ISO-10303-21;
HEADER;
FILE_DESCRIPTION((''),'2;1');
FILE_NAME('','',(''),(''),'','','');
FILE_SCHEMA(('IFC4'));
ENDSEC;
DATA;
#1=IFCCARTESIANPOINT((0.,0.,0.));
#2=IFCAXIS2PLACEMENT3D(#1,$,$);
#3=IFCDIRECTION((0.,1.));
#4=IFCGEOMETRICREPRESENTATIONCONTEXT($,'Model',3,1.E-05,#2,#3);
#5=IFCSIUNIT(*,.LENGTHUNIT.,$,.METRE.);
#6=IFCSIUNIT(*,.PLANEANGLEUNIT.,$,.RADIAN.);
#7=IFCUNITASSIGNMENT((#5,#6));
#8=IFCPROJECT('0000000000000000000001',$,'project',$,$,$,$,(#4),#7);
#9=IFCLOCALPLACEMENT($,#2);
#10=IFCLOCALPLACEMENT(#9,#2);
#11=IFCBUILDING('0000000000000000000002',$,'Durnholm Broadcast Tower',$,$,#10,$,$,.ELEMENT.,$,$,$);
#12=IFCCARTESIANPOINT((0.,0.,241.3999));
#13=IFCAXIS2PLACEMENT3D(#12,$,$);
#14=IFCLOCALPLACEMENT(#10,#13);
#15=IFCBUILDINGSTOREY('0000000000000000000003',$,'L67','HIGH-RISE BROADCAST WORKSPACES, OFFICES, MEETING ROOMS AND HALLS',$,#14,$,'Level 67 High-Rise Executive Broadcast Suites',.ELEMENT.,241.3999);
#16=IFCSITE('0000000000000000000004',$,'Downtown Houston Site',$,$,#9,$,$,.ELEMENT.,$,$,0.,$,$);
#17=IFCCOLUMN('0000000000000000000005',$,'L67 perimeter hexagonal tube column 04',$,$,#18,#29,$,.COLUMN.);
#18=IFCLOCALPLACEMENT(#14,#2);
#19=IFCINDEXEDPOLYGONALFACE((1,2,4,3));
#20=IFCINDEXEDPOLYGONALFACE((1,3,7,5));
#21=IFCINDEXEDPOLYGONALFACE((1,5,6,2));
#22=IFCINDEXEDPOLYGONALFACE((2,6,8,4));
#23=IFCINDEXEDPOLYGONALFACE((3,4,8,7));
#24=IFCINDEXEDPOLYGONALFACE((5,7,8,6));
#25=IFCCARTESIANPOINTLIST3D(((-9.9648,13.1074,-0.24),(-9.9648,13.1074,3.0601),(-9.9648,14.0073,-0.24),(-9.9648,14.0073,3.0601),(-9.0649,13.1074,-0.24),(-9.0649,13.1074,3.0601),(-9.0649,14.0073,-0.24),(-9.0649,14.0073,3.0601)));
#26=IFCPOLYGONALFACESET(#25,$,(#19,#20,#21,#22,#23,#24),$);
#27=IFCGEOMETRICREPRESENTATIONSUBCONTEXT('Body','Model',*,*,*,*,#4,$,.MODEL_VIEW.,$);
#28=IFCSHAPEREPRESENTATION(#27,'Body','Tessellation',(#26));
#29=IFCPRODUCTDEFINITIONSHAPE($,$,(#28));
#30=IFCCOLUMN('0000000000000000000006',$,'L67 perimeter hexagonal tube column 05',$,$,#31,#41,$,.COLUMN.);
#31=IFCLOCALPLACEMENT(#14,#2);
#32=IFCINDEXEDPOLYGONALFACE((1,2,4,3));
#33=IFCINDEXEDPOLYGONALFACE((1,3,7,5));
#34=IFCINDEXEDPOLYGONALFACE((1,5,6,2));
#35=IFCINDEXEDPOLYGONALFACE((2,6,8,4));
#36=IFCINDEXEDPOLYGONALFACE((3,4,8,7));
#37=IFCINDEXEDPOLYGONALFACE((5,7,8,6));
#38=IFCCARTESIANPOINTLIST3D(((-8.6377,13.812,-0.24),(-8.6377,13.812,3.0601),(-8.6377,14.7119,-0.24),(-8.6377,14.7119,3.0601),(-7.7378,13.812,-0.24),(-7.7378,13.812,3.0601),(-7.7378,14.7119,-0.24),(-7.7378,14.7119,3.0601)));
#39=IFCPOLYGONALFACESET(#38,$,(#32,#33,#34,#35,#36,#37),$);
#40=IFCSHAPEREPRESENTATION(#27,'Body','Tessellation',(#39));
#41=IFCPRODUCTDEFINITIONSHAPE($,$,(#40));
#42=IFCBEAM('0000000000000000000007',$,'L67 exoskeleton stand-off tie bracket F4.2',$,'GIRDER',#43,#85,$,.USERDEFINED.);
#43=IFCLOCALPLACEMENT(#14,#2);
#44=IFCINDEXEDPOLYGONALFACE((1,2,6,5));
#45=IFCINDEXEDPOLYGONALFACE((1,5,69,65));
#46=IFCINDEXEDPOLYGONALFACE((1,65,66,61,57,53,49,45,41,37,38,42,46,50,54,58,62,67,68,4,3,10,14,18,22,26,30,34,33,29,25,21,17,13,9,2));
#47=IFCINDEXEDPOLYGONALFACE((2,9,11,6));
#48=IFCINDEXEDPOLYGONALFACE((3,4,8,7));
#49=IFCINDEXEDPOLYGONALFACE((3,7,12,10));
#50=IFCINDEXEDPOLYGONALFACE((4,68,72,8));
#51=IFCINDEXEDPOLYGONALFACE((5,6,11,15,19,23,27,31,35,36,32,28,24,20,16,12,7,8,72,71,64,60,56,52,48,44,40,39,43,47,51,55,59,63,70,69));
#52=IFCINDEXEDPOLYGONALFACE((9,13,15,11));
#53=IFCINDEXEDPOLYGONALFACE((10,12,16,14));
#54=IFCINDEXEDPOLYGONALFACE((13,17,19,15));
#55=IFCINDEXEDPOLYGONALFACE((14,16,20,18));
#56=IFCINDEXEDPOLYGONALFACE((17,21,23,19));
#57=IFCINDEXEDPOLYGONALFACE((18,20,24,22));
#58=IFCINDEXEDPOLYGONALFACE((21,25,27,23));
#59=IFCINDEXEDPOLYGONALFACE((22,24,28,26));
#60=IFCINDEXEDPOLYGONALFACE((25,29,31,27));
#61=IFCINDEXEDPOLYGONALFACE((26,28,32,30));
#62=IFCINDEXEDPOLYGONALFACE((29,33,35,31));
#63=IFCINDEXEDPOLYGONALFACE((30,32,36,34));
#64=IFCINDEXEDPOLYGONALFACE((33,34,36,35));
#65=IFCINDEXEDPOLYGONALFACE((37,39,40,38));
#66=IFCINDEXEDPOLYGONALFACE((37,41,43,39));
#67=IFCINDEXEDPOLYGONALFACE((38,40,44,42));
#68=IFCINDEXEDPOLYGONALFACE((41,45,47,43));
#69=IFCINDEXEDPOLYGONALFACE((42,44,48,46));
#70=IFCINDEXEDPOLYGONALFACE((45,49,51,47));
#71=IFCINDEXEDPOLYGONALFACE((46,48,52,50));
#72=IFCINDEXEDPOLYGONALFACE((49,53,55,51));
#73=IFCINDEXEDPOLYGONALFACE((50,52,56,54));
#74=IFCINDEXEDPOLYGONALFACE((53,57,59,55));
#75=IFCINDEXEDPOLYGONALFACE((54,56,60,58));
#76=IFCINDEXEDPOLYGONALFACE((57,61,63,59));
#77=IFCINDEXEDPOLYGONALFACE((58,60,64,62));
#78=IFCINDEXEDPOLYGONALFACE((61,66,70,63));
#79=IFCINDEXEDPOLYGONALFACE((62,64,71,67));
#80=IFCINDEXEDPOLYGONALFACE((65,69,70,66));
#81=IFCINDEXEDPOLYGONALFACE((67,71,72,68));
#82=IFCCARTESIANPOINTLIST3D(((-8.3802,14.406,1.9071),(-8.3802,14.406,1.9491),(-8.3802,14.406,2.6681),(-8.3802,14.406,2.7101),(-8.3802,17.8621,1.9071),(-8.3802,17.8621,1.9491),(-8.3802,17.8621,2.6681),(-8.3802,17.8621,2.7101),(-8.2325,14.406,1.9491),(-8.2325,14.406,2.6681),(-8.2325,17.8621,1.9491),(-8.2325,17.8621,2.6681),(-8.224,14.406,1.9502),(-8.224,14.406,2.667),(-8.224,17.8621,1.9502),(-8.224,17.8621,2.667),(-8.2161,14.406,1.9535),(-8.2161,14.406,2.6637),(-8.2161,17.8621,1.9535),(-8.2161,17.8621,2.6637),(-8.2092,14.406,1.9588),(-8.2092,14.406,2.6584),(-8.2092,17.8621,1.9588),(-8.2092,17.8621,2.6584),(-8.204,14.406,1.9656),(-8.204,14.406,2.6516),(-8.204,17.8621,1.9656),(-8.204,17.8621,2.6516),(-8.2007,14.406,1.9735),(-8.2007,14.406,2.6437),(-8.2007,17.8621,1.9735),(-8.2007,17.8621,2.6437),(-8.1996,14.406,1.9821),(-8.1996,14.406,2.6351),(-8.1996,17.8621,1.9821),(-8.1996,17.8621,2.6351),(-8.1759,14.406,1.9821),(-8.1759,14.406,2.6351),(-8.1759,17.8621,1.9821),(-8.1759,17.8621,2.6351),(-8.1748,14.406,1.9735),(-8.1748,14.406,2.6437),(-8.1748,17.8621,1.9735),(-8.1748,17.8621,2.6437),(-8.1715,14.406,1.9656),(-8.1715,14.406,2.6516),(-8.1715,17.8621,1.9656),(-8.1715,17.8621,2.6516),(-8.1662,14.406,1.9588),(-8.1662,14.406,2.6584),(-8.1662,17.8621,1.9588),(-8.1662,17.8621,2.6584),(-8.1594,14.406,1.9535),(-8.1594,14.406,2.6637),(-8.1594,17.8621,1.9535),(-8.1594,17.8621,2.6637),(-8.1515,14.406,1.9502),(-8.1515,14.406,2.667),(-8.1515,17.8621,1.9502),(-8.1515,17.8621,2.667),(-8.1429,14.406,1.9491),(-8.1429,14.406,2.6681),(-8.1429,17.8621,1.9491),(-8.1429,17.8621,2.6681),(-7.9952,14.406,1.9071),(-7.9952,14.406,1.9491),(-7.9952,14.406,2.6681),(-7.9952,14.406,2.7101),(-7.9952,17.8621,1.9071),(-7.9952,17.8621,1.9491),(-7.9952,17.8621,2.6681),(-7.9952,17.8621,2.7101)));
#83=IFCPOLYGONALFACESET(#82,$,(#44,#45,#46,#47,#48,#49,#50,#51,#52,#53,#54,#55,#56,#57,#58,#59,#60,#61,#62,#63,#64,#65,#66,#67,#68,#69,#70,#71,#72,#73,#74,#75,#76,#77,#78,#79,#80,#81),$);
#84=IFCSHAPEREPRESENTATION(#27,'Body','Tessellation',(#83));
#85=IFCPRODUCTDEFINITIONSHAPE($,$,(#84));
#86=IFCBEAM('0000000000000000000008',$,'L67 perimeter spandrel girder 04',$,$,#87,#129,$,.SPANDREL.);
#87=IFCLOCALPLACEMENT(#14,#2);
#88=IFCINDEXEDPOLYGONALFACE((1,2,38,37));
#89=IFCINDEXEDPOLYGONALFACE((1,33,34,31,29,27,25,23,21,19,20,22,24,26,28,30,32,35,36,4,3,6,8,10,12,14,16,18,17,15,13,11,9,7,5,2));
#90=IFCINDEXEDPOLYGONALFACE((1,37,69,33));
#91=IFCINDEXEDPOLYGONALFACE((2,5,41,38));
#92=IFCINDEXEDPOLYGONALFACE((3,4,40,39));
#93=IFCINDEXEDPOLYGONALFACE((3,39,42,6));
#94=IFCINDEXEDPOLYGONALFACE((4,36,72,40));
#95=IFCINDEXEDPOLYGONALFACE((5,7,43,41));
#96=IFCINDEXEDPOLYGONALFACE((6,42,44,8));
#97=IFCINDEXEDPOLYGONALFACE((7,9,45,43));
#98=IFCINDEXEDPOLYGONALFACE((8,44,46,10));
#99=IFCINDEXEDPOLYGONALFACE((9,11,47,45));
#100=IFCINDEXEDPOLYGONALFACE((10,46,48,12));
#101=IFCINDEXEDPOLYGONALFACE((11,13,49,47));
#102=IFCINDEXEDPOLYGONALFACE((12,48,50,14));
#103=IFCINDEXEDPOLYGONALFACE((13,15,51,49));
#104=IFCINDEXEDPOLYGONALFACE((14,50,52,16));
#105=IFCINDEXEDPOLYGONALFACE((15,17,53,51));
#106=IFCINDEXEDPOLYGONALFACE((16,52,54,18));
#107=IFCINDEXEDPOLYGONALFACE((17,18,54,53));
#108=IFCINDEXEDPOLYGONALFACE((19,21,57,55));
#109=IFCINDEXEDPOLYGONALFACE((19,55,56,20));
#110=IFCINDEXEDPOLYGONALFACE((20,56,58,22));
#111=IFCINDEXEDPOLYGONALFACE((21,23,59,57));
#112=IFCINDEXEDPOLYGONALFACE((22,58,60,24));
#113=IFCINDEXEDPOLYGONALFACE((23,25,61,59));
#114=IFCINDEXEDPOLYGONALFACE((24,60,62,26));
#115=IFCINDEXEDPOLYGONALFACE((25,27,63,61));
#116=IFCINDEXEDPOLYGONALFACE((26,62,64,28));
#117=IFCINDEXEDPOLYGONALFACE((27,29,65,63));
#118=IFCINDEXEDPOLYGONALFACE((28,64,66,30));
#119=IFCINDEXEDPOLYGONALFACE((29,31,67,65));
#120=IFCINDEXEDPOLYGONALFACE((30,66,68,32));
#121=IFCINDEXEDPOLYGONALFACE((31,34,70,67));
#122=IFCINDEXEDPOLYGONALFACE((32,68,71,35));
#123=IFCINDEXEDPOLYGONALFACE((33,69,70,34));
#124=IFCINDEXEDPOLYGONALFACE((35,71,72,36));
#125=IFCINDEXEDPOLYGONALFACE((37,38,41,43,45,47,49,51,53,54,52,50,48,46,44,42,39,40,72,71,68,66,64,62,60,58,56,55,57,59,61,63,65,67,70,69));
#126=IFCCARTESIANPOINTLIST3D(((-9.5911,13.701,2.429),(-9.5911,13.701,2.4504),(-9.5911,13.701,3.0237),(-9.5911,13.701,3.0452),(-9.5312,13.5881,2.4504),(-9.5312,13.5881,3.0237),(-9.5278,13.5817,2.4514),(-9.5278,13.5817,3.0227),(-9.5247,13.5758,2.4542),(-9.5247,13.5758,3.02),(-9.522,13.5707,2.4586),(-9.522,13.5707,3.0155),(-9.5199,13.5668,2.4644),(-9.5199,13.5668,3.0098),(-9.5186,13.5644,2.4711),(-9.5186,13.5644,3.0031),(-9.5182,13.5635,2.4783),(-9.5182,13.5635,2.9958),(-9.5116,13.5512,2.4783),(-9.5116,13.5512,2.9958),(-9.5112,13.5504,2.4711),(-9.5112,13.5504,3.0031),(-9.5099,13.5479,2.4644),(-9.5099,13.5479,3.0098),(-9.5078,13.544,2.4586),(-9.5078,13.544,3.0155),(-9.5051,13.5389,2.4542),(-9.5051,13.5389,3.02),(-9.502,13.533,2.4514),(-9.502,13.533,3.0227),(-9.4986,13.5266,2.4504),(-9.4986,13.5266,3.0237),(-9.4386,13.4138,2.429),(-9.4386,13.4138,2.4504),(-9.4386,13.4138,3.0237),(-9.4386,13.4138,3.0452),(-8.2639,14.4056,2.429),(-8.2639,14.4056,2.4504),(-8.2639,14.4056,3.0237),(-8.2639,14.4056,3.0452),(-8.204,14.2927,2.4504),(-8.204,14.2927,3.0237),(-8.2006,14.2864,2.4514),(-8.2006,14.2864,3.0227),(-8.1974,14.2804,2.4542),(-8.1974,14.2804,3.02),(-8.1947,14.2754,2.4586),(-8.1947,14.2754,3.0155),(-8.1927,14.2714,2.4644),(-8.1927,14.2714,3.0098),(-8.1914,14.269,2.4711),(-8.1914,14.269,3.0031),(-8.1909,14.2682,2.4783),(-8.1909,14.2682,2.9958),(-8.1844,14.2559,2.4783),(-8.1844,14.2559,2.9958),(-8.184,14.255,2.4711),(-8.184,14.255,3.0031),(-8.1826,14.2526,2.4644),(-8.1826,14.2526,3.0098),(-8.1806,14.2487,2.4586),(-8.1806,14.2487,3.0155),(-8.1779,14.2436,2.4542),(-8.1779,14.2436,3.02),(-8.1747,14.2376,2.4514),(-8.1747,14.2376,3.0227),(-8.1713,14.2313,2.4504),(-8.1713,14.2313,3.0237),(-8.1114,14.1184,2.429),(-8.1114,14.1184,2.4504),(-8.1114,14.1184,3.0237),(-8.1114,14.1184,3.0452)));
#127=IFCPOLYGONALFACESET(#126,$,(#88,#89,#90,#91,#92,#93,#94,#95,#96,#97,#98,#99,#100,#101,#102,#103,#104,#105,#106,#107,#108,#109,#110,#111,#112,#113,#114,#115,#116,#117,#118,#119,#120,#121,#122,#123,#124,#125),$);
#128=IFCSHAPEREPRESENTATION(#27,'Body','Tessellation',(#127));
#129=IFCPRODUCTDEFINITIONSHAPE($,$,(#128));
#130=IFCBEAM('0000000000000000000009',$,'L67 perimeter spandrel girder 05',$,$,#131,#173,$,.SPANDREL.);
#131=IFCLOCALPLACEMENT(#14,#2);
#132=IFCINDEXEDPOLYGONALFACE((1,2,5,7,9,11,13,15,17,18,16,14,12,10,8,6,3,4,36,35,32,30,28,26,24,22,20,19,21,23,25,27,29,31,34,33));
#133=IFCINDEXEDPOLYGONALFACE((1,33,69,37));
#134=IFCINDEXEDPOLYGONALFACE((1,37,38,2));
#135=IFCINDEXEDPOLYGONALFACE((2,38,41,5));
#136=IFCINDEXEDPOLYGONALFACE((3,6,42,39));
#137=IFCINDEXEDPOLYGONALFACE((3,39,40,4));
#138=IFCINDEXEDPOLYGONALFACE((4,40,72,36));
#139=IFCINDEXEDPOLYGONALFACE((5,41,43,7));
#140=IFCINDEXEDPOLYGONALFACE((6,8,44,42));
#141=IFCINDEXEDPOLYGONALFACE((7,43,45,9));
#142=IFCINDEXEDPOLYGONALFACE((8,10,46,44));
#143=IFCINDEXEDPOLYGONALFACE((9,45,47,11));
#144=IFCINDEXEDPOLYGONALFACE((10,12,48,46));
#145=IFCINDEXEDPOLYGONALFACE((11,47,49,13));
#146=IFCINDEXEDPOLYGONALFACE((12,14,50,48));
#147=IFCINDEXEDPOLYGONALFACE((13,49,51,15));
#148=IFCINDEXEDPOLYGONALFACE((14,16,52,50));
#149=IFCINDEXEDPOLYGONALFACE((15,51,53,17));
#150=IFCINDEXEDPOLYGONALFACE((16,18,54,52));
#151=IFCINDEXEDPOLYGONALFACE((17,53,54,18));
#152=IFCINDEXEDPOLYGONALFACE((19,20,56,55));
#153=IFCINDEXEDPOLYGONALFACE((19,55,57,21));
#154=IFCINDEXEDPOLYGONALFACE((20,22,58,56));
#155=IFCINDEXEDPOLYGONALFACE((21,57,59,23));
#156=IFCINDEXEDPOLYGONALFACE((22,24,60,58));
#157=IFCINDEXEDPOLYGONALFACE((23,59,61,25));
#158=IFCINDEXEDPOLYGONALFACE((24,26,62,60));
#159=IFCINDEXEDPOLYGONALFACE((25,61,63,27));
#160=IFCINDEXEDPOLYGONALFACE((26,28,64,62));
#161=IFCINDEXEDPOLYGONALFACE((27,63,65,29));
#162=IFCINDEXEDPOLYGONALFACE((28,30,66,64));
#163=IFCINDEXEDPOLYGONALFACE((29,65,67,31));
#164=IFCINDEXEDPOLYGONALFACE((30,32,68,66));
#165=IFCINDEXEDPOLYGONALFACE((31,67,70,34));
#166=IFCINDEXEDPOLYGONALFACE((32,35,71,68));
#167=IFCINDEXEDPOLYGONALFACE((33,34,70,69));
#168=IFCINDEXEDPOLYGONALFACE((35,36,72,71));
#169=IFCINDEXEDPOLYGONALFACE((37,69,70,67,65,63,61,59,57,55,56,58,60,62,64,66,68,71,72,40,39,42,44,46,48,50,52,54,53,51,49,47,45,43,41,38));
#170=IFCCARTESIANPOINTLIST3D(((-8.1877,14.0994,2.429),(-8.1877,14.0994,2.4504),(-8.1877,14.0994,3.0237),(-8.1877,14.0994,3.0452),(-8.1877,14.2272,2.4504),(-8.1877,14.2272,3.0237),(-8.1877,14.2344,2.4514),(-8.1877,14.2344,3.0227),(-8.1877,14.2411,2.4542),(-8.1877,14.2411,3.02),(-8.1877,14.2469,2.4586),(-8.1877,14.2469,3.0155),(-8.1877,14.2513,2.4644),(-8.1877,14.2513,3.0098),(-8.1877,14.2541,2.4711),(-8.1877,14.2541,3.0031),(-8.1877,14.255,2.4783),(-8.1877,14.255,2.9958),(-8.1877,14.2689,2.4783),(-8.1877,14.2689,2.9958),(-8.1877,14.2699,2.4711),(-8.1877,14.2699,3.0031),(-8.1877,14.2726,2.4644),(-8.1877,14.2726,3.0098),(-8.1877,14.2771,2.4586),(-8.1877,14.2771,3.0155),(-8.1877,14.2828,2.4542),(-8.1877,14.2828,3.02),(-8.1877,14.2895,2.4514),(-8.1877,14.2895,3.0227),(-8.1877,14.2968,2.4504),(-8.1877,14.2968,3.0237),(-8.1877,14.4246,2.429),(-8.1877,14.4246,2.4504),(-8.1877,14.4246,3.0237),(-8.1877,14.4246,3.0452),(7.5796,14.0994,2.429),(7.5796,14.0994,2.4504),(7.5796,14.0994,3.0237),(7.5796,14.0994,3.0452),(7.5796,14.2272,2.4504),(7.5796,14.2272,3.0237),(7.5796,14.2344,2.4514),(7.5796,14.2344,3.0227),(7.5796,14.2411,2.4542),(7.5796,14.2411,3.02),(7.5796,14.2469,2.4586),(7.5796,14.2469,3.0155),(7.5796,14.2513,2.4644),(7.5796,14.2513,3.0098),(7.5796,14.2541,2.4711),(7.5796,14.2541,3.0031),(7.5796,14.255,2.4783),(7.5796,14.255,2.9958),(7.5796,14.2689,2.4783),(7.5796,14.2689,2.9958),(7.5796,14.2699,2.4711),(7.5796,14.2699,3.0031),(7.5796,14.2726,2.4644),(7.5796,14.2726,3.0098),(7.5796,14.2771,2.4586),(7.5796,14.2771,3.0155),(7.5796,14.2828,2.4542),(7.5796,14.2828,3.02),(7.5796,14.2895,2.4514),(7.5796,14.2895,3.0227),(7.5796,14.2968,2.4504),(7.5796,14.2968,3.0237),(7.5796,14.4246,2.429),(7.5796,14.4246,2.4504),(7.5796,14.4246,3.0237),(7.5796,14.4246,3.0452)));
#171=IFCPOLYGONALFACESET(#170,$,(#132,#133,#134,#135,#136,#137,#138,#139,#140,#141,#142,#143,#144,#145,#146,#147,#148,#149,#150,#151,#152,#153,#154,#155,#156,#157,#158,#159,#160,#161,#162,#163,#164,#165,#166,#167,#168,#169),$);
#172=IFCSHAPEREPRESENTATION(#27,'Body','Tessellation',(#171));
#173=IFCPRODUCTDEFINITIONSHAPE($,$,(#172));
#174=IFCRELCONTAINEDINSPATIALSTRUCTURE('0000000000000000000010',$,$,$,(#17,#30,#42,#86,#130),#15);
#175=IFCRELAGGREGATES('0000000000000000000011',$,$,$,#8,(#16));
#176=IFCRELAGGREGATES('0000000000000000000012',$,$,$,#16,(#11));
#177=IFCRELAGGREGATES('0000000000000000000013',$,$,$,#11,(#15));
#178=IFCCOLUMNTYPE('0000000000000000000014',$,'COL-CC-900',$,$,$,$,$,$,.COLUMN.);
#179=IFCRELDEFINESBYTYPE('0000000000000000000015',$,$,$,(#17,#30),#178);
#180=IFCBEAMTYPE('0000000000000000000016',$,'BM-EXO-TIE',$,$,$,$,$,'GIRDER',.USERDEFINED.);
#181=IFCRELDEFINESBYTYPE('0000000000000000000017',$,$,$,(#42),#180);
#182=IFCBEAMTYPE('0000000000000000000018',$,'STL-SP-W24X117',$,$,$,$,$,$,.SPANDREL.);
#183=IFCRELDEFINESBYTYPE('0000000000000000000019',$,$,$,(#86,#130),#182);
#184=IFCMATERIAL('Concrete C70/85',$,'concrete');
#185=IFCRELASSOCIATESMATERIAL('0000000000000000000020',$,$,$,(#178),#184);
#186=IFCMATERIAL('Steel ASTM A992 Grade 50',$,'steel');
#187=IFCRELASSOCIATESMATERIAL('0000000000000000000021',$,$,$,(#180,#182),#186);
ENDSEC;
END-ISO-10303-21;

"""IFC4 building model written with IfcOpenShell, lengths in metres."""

from ifc_helpers import new_model, si_unit, direction, frame, origin, origin_2d, place, context, subcontext, project, spatial, rectangle, i_section, extrude, source, transform, mapped, material, material_profile, profile_set, type_object, type_shapes, element, save


model = new_model("IFC4")

# Units and contexts
model_context = context("Model", 3, precision=1e-05, world=origin(), true_north=direction((0.0, 1.0)))
body_context = subcontext(model_context, "Body", "Model", "MODEL_VIEW")
ifc_project = project(units=[si_unit("LENGTHUNIT", "METRE"), si_unit("PLANEANGLEUNIT", "RADIAN")], contexts=[model_context])

# Site, building, storey
site_placement = place(None, origin())
site = spatial("IfcSite", under=ifc_project, at=site_placement, Name="Downtown Houston Site", CompositionType="ELEMENT", RefElevation=0.0)
building_placement = place(site_placement, origin())
building = spatial("IfcBuilding", under=site, at=building_placement, Name="Durnholm Broadcast Tower", CompositionType="ELEMENT")
storey_placement = place(building_placement, frame((0.0, 0.0, 241.3999)))
storey = spatial("IfcBuildingStorey", under=building, at=storey_placement, Name="L67", Description="HIGH-RISE BROADCAST WORKSPACES, OFFICES, MEETING ROOMS AND HALLS", LongName="Level 67 High-Rise Executive Broadcast Suites", CompositionType="ELEMENT", Elevation=241.3999)

# Columns
ifc_material_1 = material(Name="Concrete C70/85", Category="concrete")
ifc_material_profile_1 = material_profile(ifc_material_1, rectangle(XDim=0.8999, YDim=0.8999, at=origin_2d()), Name="RC900X900")
ifc_profile_set_1 = profile_set([ifc_material_profile_1], Name="Concrete C70/85")
column_type = type_object("IfcColumnType", Name="COL-CC-900", PredefinedType="COLUMN", material=ifc_profile_set_1)
shared_shape_1 = source(origin(), body_context, "Body", "SweptSolid", [
    extrude(rectangle(XDim=0.8999, YDim=0.8999, at=origin_2d()), origin(), (0.0, 0.0, 1.0), 3.3),
])
type_shapes(column_type, [shared_shape_1])
for number, where, z_axis, x_axis, name in (
    (1, (-9.5149, 13.5574, -0.24), (0.0, 0.0, 1.0), (1.0, 0.0, 0.0), "L67 perimeter hexagonal tube column 04"),
    (2, (-8.1877, 14.262, -0.24), (0.0, 0.0, 1.0), (1.0, 0.0, 0.0), "L67 perimeter hexagonal tube column 05"),
):
    element("IfcColumn", number, at=place(storey_placement, frame(where, z_axis=z_axis, x_axis=x_axis)), inside=storey, type_object=column_type, Name=name, PredefinedType="COLUMN", context=body_context, shape_type="MappedRepresentation", body=[
        mapped(shared_shape_1, transform((0.0, 0.0, 0.0), x_axis=(1.0, 0.0, 0.0), y_axis=(0.0, 1.0, 0.0), z_axis=(0.0, 0.0, 1.0), scale=1.0)),
    ])

# Beams
ifc_material_2 = material(Name="Steel ASTM A992 Grade 50", Category="steel")
ifc_material_profile_2 = material_profile(ifc_material_2, i_section(OverallWidth=0.385, OverallDepth=0.803, WebThickness=0.0237, FlangeThickness=0.042, FilletRadius=0.033, at=origin_2d()), Name="W30X261")
ifc_profile_set_2 = profile_set([ifc_material_profile_2], Name="Steel ASTM A992 Grade 50")
beam_type_1 = type_object("IfcBeamType", Name="BM-EXO-TIE", ElementType="GIRDER", PredefinedType="USERDEFINED", material=ifc_profile_set_2)
shared_shape_2 = source(origin(), body_context, "Body", "SweptSolid", [
    extrude(i_section(OverallWidth=0.385, OverallDepth=0.803, WebThickness=0.0237, FlangeThickness=0.042, FilletRadius=0.033, at=origin_2d()), origin(), (0.0, 0.0, 1.0), 3.4561),
])
type_shapes(beam_type_1, [shared_shape_2])
beam_1_placement = place(storey_placement, frame((-8.1877, 14.406, 2.3086), z_axis=(0.0, 1.0, 0.0), x_axis=(-1.0, 0.0, 0.0)))
element("IfcBeam", 3, at=beam_1_placement, inside=storey, type_object=beam_type_1, Name="L67 exoskeleton stand-off tie bracket F4.2", ObjectType="GIRDER", PredefinedType="USERDEFINED", context=body_context, shape_type="MappedRepresentation", body=[
    mapped(shared_shape_2, transform((0.0, 0.0, 0.0), x_axis=(1.0, 0.0, 0.0), y_axis=(0.0, 1.0, 0.0), z_axis=(0.0, 0.0, 1.0), scale=1.0)),
])
ifc_material_profile_3 = material_profile(ifc_material_2, i_section(OverallWidth=0.3252, OverallDepth=0.6162, WebThickness=0.0139, FlangeThickness=0.0215, FilletRadius=0.0278, at=origin_2d()), Name="W24X117")
ifc_profile_set_3 = profile_set([ifc_material_profile_3], Name="Steel ASTM A992 Grade 50")
beam_type_2 = type_object("IfcBeamType", Name="STL-SP-W24X117", PredefinedType="SPANDREL", material=ifc_profile_set_3)
shared_shape_3 = source(origin(), body_context, "Body", "SweptSolid", [
    extrude(i_section(OverallWidth=0.3252, OverallDepth=0.6162, WebThickness=0.0139, FlangeThickness=0.0215, FilletRadius=0.0278, at=origin_2d()), origin(), (0.0, 0.0, 1.0), 1.5027),
])
beam_2_placement = place(storey_placement, frame((-9.5149, 13.5574, 2.7371), z_axis=(0.883242, 0.468918, 0.0), x_axis=(-0.468918, 0.883242, 0.0)))
element("IfcBeam", 4, at=beam_2_placement, inside=storey, type_object=beam_type_2, Name="L67 perimeter spandrel girder 04", PredefinedType="SPANDREL", context=body_context, shape_type="MappedRepresentation", body=[
    mapped(shared_shape_3, transform((0.0, 0.0, 0.0), x_axis=(1.0, 0.0, 0.0), y_axis=(0.0, 1.0, 0.0), z_axis=(0.0, 0.0, 1.0), scale=1.0)),
])
shared_shape_4 = source(origin(), body_context, "Body", "SweptSolid", [
    extrude(i_section(OverallWidth=0.3252, OverallDepth=0.6162, WebThickness=0.0139, FlangeThickness=0.0215, FilletRadius=0.0278, at=origin_2d()), origin(), (0.0, 0.0, 1.0), 15.7673),
])
type_shapes(beam_type_2, [shared_shape_3, shared_shape_4])
beam_3_placement = place(storey_placement, frame((-8.1877, 14.262, 2.7371), z_axis=(1.0, 0.0, 0.0), x_axis=(0.0, 1.0, 0.0)))
element("IfcBeam", 5, at=beam_3_placement, inside=storey, type_object=beam_type_2, Name="L67 perimeter spandrel girder 05", PredefinedType="SPANDREL", context=body_context, shape_type="MappedRepresentation", body=[
    mapped(shared_shape_4, transform((0.0, 0.0, 0.0), x_axis=(1.0, 0.0, 0.0), y_axis=(0.0, 1.0, 0.0), z_axis=(0.0, 0.0, 1.0), scale=1.0)),
])

save(model, "model.ifc")
